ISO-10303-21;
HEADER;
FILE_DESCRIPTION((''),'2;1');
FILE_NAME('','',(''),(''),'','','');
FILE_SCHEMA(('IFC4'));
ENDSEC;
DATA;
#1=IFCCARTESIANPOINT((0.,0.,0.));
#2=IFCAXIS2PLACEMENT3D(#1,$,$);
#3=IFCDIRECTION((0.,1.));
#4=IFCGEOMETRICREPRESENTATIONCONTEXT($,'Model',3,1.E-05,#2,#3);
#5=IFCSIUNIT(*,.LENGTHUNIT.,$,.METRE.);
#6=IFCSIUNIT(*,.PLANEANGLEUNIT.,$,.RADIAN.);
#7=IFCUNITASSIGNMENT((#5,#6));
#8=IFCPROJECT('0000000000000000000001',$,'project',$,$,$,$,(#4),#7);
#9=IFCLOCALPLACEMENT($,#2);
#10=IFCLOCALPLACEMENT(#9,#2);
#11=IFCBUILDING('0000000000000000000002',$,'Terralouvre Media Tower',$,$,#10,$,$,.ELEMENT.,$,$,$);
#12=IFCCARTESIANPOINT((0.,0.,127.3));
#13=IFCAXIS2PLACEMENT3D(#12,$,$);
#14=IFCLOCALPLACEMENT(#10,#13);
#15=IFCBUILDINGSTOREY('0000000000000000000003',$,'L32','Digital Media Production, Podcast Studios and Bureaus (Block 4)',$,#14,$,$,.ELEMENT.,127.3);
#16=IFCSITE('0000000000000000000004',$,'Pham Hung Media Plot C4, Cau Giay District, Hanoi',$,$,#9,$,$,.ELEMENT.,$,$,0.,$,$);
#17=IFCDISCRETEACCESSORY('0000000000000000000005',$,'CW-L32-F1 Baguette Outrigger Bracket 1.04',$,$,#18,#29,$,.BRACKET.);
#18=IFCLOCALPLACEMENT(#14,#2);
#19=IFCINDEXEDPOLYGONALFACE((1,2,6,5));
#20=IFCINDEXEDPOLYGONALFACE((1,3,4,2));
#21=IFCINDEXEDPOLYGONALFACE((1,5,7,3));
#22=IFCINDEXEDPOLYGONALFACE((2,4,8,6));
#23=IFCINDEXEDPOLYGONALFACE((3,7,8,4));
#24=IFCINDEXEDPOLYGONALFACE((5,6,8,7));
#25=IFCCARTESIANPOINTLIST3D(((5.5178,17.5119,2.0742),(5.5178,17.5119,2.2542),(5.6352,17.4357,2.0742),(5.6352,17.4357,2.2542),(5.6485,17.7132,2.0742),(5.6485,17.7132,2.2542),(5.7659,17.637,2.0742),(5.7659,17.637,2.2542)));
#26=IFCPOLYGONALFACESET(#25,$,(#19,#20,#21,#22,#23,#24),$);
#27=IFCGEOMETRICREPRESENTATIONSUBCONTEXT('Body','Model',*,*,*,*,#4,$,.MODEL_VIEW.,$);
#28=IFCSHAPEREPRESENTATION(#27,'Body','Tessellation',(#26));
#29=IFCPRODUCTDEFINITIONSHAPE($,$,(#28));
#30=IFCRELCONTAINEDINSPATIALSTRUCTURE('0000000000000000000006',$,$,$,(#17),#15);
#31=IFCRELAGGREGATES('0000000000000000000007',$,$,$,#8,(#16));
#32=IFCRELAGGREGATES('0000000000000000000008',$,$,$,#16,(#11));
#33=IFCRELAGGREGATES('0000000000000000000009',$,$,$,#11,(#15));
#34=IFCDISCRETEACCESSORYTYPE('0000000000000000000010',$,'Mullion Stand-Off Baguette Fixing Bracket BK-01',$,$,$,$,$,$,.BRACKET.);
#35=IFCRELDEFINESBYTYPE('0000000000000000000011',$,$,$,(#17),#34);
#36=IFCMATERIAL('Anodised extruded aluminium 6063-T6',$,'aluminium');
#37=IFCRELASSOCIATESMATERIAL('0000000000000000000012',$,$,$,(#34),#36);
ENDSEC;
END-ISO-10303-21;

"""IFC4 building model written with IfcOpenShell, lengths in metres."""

from ifc_helpers import new_model, si_unit, direction, frame, origin, origin_2d, place, context, subcontext, project, spatial, rectangle, extrude, material, type_object, element, save


model = new_model("IFC4")

# Units and contexts
model_context = context("Model", 3, precision=1e-05, world=origin(), true_north=direction((0.0, 1.0)))
body_context = subcontext(model_context, "Body", "Model", "MODEL_VIEW")
ifc_project = project(units=[si_unit("LENGTHUNIT", "METRE"), si_unit("PLANEANGLEUNIT", "RADIAN")], contexts=[model_context])

# Site, building, storey
site_placement = place(None, origin())
site = spatial("IfcSite", under=ifc_project, at=site_placement, Name="Pham Hung Media Plot C4, Cau Giay District, Hanoi", CompositionType="ELEMENT", RefElevation=0.0)
building_placement = place(site_placement, origin())
building = spatial("IfcBuilding", under=site, at=building_placement, Name="Terralouvre Media Tower", CompositionType="ELEMENT")
storey_placement = place(building_placement, frame((0.0, 0.0, 127.3)))
storey = spatial("IfcBuildingStorey", under=building, at=storey_placement, Name="L32", Description="Digital Media Production, Podcast Studios and Bureaus (Block 4)", CompositionType="ELEMENT", Elevation=127.3)

# Discrete accessory
ifc_material_1 = material(Name="Anodised extruded aluminium 6063-T6", Category="aluminium")
discrete_accessory_type = type_object("IfcDiscreteAccessoryType", Name="Mullion Stand-Off Baguette Fixing Bracket BK-01", PredefinedType="BRACKET", material=ifc_material_1)
discrete_accessory_placement = place(storey_placement, frame((5.6418, 17.5745, 2.0742), z_axis=(0.0, 0.0, 1.0), x_axis=(-0.838671, 0.544639, 0.0)))
element("IfcDiscreteAccessory", 1, at=discrete_accessory_placement, inside=storey, type_object=discrete_accessory_type, Name="CW-L32-F1 Baguette Outrigger Bracket 1.04", PredefinedType="BRACKET", context=body_context, shape_type="SweptSolid", body=[
    extrude(rectangle(XDim=0.1399, YDim=0.24, at=origin_2d()), origin(), (0.0, 0.0, 1.0), 0.1799),
])

save(model, "model.ifc")
